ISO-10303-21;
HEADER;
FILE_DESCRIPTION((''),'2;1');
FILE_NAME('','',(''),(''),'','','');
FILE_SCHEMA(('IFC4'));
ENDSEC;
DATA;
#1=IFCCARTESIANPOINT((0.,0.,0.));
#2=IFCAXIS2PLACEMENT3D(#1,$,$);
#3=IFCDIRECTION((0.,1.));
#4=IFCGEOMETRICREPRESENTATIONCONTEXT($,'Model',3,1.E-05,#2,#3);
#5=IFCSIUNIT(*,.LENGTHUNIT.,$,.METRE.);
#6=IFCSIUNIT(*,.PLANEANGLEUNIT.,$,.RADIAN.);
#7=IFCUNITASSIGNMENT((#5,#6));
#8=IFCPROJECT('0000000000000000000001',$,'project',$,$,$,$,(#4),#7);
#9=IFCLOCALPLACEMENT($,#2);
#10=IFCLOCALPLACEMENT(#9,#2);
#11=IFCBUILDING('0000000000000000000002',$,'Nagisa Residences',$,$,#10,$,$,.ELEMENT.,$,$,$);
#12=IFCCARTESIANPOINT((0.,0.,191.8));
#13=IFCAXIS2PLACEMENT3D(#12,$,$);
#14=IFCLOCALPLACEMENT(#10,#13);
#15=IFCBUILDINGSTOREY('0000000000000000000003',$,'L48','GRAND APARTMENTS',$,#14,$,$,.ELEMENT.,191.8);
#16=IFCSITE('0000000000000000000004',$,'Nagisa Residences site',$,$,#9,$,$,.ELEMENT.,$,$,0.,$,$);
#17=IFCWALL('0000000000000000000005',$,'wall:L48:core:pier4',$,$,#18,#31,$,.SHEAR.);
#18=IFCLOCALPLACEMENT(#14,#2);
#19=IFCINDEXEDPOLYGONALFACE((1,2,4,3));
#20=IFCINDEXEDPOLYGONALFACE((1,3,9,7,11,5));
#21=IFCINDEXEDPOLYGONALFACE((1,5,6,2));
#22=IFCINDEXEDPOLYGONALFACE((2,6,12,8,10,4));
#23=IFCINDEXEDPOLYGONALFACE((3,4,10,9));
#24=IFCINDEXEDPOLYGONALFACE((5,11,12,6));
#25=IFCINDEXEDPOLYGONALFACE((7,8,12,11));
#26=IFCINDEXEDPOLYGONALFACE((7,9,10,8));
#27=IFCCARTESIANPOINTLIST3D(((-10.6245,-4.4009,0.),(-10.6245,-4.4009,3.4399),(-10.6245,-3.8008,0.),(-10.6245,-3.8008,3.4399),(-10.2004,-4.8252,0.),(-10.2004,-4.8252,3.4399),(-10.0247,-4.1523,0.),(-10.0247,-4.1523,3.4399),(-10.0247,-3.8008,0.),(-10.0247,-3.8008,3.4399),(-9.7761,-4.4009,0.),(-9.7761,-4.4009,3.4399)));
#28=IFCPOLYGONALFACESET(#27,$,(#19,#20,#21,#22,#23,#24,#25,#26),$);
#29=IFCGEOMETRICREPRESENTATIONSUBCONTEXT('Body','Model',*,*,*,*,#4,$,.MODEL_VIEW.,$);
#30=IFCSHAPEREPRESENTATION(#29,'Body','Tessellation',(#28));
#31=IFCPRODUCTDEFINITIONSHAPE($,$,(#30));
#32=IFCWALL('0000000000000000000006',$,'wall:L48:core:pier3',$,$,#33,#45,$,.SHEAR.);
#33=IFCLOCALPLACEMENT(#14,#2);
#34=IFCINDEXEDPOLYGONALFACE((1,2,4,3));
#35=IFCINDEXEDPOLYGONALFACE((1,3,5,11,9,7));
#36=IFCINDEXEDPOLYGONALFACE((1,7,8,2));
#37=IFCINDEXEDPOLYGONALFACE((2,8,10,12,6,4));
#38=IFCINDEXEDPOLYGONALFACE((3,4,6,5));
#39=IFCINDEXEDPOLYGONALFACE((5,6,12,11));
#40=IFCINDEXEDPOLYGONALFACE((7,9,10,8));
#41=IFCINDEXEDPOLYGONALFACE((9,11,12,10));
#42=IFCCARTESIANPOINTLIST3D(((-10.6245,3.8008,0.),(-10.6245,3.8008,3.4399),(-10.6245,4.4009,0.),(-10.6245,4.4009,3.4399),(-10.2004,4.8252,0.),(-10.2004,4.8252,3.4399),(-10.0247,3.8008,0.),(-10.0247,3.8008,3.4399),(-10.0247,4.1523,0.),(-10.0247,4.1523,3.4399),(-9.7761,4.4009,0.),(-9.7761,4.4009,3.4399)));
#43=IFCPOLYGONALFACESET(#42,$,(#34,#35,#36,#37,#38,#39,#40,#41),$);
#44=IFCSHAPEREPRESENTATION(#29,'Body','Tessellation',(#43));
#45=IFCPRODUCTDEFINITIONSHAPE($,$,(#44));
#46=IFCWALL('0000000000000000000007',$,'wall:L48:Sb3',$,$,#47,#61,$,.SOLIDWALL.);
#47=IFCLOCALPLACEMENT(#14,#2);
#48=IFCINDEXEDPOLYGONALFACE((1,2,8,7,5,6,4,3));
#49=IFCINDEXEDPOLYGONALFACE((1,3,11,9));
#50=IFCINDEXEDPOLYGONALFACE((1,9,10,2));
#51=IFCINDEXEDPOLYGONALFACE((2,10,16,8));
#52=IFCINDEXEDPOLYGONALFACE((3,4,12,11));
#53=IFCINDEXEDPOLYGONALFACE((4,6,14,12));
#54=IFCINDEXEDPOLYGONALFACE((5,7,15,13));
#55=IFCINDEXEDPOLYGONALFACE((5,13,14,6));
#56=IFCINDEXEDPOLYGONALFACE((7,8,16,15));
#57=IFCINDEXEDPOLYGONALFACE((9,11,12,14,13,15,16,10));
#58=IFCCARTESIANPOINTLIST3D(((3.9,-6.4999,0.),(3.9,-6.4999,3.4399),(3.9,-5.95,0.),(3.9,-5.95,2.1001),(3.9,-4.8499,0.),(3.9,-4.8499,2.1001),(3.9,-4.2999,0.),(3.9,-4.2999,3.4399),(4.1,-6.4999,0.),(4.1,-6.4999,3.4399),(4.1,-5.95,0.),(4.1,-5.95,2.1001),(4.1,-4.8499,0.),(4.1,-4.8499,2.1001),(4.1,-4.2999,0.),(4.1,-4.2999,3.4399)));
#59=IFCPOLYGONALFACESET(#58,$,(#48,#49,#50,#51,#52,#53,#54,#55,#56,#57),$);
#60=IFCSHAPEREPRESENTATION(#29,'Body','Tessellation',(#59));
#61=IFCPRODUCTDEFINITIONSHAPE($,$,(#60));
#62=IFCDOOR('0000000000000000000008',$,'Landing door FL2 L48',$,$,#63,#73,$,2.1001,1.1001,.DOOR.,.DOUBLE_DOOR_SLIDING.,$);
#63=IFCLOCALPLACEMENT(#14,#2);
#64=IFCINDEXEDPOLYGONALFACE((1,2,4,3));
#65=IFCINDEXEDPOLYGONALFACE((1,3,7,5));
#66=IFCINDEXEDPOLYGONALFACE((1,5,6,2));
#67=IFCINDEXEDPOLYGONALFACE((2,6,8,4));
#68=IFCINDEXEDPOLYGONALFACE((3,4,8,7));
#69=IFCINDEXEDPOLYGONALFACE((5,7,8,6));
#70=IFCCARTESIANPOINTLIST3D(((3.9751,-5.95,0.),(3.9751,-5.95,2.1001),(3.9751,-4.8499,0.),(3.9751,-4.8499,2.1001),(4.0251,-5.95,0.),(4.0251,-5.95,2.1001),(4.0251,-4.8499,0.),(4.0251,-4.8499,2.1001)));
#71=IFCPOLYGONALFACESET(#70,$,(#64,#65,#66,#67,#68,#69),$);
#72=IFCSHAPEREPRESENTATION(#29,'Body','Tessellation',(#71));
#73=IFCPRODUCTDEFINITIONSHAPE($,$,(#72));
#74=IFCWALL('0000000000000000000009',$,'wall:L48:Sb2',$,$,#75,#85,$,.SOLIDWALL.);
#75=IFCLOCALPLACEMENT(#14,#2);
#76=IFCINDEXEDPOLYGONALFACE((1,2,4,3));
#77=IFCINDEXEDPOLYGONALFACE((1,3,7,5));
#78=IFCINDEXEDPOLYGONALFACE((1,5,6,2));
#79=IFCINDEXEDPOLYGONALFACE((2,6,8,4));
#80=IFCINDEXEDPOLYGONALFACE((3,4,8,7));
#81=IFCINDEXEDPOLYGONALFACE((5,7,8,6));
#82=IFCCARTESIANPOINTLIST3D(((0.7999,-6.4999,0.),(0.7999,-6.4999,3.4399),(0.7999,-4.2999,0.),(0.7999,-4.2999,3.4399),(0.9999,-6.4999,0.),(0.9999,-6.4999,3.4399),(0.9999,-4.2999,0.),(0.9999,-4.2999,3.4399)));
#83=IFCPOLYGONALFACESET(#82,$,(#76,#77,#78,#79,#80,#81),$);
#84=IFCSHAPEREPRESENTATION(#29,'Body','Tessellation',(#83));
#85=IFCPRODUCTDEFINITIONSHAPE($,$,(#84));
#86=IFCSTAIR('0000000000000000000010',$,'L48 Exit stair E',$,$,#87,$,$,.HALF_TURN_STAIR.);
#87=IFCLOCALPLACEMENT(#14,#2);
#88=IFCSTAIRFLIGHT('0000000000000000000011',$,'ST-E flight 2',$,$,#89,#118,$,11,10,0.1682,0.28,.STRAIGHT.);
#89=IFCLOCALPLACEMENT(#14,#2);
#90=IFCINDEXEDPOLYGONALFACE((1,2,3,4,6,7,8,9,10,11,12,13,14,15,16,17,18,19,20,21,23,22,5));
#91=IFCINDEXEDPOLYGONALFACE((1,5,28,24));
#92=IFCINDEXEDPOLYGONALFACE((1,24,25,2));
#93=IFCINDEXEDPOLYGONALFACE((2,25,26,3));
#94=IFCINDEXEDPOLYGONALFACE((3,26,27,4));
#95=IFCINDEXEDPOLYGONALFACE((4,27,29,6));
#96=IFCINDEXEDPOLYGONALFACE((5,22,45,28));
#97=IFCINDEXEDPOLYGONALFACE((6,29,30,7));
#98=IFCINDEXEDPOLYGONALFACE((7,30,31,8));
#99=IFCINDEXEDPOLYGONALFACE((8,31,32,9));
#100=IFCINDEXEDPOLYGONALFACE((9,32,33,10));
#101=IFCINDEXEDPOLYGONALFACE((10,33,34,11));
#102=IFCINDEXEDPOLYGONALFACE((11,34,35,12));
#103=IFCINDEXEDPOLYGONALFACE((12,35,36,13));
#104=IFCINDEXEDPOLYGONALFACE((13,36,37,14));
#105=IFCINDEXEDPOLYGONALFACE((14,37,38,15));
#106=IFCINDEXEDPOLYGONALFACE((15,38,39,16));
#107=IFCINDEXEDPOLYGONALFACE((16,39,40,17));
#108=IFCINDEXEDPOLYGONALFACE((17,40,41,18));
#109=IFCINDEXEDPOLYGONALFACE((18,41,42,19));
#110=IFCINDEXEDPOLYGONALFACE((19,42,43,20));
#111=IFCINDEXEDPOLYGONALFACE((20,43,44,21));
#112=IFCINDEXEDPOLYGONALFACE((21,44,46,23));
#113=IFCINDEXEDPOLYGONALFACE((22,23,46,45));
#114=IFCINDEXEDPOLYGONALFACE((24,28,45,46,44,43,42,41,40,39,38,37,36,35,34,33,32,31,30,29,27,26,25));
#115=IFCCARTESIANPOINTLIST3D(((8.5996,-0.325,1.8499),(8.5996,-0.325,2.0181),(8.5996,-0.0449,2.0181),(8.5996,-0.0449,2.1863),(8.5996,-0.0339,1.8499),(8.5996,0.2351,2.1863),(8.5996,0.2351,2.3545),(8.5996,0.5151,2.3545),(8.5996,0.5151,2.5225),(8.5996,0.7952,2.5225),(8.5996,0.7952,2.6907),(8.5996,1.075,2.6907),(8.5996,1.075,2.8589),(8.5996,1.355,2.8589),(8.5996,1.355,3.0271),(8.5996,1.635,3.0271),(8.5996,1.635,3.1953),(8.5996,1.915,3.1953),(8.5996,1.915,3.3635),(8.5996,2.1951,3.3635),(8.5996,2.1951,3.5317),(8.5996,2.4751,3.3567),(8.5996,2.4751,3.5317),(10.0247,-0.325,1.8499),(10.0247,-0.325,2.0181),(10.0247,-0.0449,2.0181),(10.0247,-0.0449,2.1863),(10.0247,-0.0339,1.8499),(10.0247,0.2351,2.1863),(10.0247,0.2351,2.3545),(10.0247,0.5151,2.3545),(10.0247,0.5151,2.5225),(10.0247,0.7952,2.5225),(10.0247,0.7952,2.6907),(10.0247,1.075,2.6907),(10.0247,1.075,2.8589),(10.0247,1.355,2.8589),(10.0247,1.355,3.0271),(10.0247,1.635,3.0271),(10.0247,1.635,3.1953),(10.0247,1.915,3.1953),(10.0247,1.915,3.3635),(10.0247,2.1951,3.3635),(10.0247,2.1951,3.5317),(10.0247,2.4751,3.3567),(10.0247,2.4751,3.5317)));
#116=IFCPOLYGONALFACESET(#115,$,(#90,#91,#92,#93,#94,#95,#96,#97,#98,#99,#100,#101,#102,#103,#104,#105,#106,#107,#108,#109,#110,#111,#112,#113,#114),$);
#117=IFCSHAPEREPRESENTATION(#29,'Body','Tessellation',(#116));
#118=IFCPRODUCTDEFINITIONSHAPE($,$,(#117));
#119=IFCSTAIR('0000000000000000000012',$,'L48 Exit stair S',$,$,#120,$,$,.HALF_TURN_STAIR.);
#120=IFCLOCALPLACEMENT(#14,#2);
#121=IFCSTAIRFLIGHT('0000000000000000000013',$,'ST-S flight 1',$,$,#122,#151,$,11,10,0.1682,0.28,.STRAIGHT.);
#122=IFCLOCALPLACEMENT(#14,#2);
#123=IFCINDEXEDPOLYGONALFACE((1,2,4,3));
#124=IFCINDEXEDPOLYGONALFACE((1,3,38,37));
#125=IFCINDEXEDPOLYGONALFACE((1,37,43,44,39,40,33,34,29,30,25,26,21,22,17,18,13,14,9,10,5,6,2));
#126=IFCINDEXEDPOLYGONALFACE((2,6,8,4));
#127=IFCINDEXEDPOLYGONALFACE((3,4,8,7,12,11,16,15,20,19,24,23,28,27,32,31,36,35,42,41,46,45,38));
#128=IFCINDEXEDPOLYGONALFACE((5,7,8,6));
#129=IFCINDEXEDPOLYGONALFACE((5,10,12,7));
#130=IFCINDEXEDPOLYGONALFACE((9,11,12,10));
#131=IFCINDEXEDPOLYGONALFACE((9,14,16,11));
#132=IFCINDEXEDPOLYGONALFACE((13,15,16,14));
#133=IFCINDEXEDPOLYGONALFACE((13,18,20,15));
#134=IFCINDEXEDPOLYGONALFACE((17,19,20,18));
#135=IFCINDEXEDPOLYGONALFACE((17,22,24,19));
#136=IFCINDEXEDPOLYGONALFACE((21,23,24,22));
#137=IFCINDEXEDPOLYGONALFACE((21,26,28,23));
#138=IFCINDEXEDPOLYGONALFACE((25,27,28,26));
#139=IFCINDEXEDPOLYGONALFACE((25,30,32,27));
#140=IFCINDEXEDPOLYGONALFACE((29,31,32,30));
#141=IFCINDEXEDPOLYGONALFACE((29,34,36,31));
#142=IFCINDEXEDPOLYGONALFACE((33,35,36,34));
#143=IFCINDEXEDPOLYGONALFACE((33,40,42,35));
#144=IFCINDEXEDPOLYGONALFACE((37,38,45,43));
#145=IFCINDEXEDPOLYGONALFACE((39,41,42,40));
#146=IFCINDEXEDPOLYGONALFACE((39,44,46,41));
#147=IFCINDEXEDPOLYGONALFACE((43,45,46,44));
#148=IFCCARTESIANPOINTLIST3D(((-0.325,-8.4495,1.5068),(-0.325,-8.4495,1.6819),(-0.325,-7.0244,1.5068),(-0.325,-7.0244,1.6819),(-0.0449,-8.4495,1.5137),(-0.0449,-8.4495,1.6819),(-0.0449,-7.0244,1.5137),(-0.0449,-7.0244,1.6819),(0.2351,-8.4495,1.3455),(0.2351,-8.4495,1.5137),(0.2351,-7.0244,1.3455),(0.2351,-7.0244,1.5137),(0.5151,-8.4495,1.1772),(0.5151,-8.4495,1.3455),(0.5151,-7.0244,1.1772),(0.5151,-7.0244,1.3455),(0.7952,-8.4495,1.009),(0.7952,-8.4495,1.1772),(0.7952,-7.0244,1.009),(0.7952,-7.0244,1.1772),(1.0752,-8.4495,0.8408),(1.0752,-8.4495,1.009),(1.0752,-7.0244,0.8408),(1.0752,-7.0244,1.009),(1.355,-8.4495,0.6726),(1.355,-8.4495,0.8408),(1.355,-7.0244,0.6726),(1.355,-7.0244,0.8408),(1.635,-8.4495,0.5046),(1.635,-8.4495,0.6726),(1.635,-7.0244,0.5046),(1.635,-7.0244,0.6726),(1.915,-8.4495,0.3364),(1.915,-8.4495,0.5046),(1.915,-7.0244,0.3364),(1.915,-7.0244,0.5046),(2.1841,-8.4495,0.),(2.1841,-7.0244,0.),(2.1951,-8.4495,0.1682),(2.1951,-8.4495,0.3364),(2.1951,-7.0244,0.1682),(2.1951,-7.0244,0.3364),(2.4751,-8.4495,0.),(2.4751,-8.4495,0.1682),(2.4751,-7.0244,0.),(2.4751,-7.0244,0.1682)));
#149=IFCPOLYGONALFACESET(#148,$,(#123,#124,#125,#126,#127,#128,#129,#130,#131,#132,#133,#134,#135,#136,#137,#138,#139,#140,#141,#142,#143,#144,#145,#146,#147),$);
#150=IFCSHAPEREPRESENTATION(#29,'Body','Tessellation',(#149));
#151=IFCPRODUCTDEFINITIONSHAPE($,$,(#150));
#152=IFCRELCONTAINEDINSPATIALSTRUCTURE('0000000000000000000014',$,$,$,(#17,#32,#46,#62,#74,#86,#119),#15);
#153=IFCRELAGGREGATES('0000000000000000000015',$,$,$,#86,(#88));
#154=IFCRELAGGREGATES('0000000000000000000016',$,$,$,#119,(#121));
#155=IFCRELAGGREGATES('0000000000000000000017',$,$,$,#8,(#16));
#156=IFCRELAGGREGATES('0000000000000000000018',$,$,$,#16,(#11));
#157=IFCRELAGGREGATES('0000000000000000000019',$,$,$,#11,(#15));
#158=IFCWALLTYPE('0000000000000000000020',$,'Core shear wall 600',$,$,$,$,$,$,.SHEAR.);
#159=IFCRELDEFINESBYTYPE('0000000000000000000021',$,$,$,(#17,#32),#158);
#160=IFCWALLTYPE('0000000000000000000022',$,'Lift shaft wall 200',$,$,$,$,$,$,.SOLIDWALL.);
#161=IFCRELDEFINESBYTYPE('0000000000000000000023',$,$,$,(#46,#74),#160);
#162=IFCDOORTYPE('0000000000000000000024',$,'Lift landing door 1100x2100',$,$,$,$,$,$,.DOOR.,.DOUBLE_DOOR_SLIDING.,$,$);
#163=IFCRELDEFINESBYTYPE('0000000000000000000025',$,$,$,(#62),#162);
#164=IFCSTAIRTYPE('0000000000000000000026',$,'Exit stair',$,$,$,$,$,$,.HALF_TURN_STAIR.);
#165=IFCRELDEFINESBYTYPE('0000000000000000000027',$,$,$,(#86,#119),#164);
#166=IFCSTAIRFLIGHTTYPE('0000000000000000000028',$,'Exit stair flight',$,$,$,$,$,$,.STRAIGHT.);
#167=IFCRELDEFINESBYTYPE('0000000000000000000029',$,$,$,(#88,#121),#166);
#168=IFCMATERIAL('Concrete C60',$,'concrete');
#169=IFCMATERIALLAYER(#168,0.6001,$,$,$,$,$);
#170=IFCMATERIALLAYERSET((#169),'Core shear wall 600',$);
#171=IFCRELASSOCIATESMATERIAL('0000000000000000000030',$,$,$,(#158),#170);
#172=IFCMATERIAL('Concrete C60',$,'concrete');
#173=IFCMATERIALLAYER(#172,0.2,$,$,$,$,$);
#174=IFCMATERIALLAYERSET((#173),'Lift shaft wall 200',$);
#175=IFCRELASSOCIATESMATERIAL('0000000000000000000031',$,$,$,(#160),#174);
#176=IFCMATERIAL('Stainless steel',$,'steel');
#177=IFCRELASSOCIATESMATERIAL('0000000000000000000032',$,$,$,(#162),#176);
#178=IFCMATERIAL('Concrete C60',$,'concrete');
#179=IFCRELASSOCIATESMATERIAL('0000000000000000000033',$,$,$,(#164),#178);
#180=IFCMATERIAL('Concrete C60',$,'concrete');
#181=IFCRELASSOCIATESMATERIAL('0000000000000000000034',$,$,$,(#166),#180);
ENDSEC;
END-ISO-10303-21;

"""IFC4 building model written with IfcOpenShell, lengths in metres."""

from ifc_helpers import new_model, si_unit, direction, frame, frame_2d, origin, place, context, subcontext, project, spatial, polyline, rectangle, outline, extrude, material, layer, layer_set, type_object, element, fill, aggregate, save


model = new_model("IFC4")

# Units and contexts
model_context = context("Model", 3, precision=1e-05, world=origin(), true_north=direction((0.0, 1.0)))
body_context = subcontext(model_context, "Body", "Model", "MODEL_VIEW")
ifc_project = project(units=[si_unit("LENGTHUNIT", "METRE"), si_unit("PLANEANGLEUNIT", "RADIAN")], contexts=[model_context])

# Site, building, storey
site_placement = place(None, origin())
site = spatial("IfcSite", under=ifc_project, at=site_placement, Name="Nagisa Residences site", CompositionType="ELEMENT", RefElevation=0.0)
building_placement = place(site_placement, origin())
building = spatial("IfcBuilding", under=site, at=building_placement, Name="Nagisa Residences", CompositionType="ELEMENT")
storey_placement = place(building_placement, frame((0.0, 0.0, 191.8)))
storey = spatial("IfcBuildingStorey", under=building, at=storey_placement, Name="L48", Description="GRAND APARTMENTS", CompositionType="ELEMENT", Elevation=191.8)

# Walls
ifc_material_1 = material(Name="Concrete C60", Category="concrete")
ifc_layer_1 = layer(ifc_material_1, 0.6001)
ifc_layer_set_1 = layer_set([ifc_layer_1], Name="Core shear wall 600")
wall_type_1 = type_object("IfcWallType", Name="Core shear wall 600", PredefinedType="SHEAR", material=ifc_layer_set_1)
wall_1_placement = place(storey_placement, origin())
element("IfcWall", 1, at=wall_1_placement, inside=storey, type_object=wall_type_1, Name="wall:L48:core:pier4", PredefinedType="SHEAR", context=body_context, shape_type="SweptSolid", body=[
    extrude(outline(polyline([(-10.6245, -3.8008), (-10.0247, -3.8008), (-10.0247, -4.1523), (-9.7761, -4.4009), (-10.2004, -4.8252), (-10.6245, -4.4009), (-10.6245, -3.8008)])), origin(), (0.0, 0.0, 1.0), 3.4399),
])
wall_2_placement = place(storey_placement, origin())
element("IfcWall", 2, at=wall_2_placement, inside=storey, type_object=wall_type_1, Name="wall:L48:core:pier3", PredefinedType="SHEAR", context=body_context, shape_type="SweptSolid", body=[
    extrude(outline(polyline([(-10.2004, 4.8252), (-9.7761, 4.4009), (-10.0247, 4.1523), (-10.0247, 3.8008), (-10.6245, 3.8008), (-10.6245, 4.4009), (-10.2004, 4.8252)])), origin(), (0.0, 0.0, 1.0), 3.4399),
])

# Wall, opening, door
ifc_material_2 = material(Name="Concrete C60", Category="concrete")
ifc_layer_2 = layer(ifc_material_2, 0.2)
ifc_layer_set_2 = layer_set([ifc_layer_2], Name="Lift shaft wall 200")
wall_type_2 = type_object("IfcWallType", Name="Lift shaft wall 200", PredefinedType="SOLIDWALL", material=ifc_layer_set_2)
wall_3_placement = place(storey_placement, frame((4.0, -6.5, 0.0), z_axis=(0.0, 0.0, 1.0), x_axis=(0.0, 1.0, 0.0)))
wall_3 = element("IfcWall", 3, at=wall_3_placement, inside=storey, type_object=wall_type_2, Name="wall:L48:Sb3", PredefinedType="SOLIDWALL", context=body_context, shape_type="SweptSolid", body=[
    extrude(rectangle(XDim=2.2, YDim=0.2, at=frame_2d((1.1001, 0.0))), origin(), (0.0, 0.0, 1.0), 3.4399),
])
opening_1_placement = place(wall_3_placement, frame((0.55, 0.0, 0.0)))
opening_1 = element("IfcOpeningElement", 4, at=opening_1_placement, cuts=wall_3, PredefinedType="OPENING", context=body_context, shape_type="SweptSolid", body=[
    extrude(rectangle(XDim=1.1001, YDim=2.1001, at=frame_2d((0.55, 1.05))), frame((0.0, 0.1099, 0.0), z_axis=(0.0, -1.0, 0.0), x_axis=(1.0, 0.0, 0.0)), (0.0, 0.0, 1.0), 0.22),
])
ifc_material_3 = material(Name="Stainless steel", Category="steel")
door_type_1 = type_object("IfcDoorType", Name="Lift landing door 1100x2100", OperationType="DOUBLE_DOOR_SLIDING", PredefinedType="DOOR", material=ifc_material_3)
door_1_placement = place(opening_1_placement, origin())
door_1 = element("IfcDoor", 5, at=door_1_placement, inside=storey, type_object=door_type_1, Name="Landing door FL2 L48", OperationType="DOUBLE_DOOR_SLIDING", OverallHeight=2.1001, OverallWidth=1.1001, PredefinedType="DOOR", context=body_context, shape_type="SweptSolid", body=[
    extrude(rectangle(XDim=1.1001, YDim=2.1001, at=frame_2d((0.55, 1.05))), frame((0.0, 0.0249, 0.0), z_axis=(0.0, -1.0, 0.0), x_axis=(1.0, 0.0, 0.0)), (0.0, 0.0, 1.0), 0.05),
])
fill(opening_1, door_1)

# Wall
wall_4_placement = place(storey_placement, frame((0.8999, -6.5, 0.0), z_axis=(0.0, 0.0, 1.0), x_axis=(0.0, 1.0, 0.0)))
element("IfcWall", 6, at=wall_4_placement, inside=storey, type_object=wall_type_2, Name="wall:L48:Sb2", PredefinedType="SOLIDWALL", context=body_context, shape_type="SweptSolid", body=[
    extrude(rectangle(XDim=2.2, YDim=0.2, at=frame_2d((1.1001, 0.0))), origin(), (0.0, 0.0, 1.0), 3.4399),
])

# Stairs, stair flights
ifc_material_4 = material(Name="Concrete C60", Category="concrete")
stair_type = type_object("IfcStairType", Name="Exit stair", PredefinedType="HALF_TURN_STAIR", material=ifc_material_4)
stair_1_placement = place(storey_placement, origin())
stair_1 = element("IfcStair", 7, at=stair_1_placement, inside=storey, type_object=stair_type, Name="L48 Exit stair E", PredefinedType="HALF_TURN_STAIR")
ifc_material_5 = material(Name="Concrete C60", Category="concrete")
stair_flight_type = type_object("IfcStairFlightType", Name="Exit stair flight", PredefinedType="STRAIGHT", material=ifc_material_5)
stair_flight_1_placement = place(storey_placement, frame((9.312, -0.325, 1.8499), z_axis=(0.0, 0.0, 1.0), x_axis=(0.0, 1.0, 0.0)))
stair_flight_1 = element("IfcStairFlight", 8, at=stair_flight_1_placement, type_object=stair_flight_type, Name="ST-E flight 2", NumberOfRisers=11, NumberOfTreads=10, PredefinedType="STRAIGHT", RiserHeight=0.1682, TreadLength=0.28, context=body_context, shape_type="SweptSolid", body=[
    extrude(outline(polyline([(0.0, 0.0), (0.0, 0.1682), (0.28, 0.1682), (0.28, 0.3364), (0.5601, 0.3364), (0.5601, 0.5046), (0.8401, 0.5046), (0.8401, 0.6726), (1.1201, 0.6726), (1.1201, 0.8408), (1.3999, 0.8408), (1.3999, 1.009), (1.6799, 1.009), (1.6799, 1.1772), (1.96, 1.1772), (1.96, 1.3455), (2.24, 1.3455), (2.24, 1.5137), (2.52, 1.5137), (2.52, 1.6819), (2.8, 1.6819), (2.8, 1.8501), (2.8, 1.5068), (0.291, 0.0), (0.0, 0.0)])), frame((0.0, 0.7124, 0.0), z_axis=(0.0, -1.0, 0.0), x_axis=(1.0, 0.0, 0.0)), (0.0, 0.0, 1.0), 1.425),
])
aggregate(stair_1, [stair_flight_1])
stair_2_placement = place(storey_placement, origin())
stair_2 = element("IfcStair", 9, at=stair_2_placement, inside=storey, type_object=stair_type, Name="L48 Exit stair S", PredefinedType="HALF_TURN_STAIR")
stair_flight_2_placement = place(storey_placement, frame((2.4751, -7.7371, 0.0), z_axis=(0.0, 0.0, 1.0), x_axis=(-1.0, 0.0, 0.0)))
stair_flight_2 = element("IfcStairFlight", 10, at=stair_flight_2_placement, type_object=stair_flight_type, Name="ST-S flight 1", NumberOfRisers=11, NumberOfTreads=10, PredefinedType="STRAIGHT", RiserHeight=0.1682, TreadLength=0.28, context=body_context, shape_type="SweptSolid", body=[
    extrude(outline(polyline([(0.0, 0.0), (0.0, 0.1682), (0.28, 0.1682), (0.28, 0.3364), (0.5601, 0.3364), (0.5601, 0.5046), (0.8401, 0.5046), (0.8401, 0.6726), (1.1201, 0.6726), (1.1201, 0.8408), (1.3999, 0.8408), (1.3999, 1.009), (1.6799, 1.009), (1.6799, 1.1772), (1.96, 1.1772), (1.96, 1.3455), (2.24, 1.3455), (2.24, 1.5137), (2.52, 1.5137), (2.52, 1.6819), (2.8, 1.6819), (2.8, 1.8501), (2.8, 1.5068), (0.291, 0.0), (0.0, 0.0)])), frame((0.0, 0.7124, 0.0), z_axis=(0.0, -1.0, 0.0), x_axis=(1.0, 0.0, 0.0)), (0.0, 0.0, 1.0), 1.425),
])
aggregate(stair_2, [stair_flight_2])

save(model, "model.ifc")
